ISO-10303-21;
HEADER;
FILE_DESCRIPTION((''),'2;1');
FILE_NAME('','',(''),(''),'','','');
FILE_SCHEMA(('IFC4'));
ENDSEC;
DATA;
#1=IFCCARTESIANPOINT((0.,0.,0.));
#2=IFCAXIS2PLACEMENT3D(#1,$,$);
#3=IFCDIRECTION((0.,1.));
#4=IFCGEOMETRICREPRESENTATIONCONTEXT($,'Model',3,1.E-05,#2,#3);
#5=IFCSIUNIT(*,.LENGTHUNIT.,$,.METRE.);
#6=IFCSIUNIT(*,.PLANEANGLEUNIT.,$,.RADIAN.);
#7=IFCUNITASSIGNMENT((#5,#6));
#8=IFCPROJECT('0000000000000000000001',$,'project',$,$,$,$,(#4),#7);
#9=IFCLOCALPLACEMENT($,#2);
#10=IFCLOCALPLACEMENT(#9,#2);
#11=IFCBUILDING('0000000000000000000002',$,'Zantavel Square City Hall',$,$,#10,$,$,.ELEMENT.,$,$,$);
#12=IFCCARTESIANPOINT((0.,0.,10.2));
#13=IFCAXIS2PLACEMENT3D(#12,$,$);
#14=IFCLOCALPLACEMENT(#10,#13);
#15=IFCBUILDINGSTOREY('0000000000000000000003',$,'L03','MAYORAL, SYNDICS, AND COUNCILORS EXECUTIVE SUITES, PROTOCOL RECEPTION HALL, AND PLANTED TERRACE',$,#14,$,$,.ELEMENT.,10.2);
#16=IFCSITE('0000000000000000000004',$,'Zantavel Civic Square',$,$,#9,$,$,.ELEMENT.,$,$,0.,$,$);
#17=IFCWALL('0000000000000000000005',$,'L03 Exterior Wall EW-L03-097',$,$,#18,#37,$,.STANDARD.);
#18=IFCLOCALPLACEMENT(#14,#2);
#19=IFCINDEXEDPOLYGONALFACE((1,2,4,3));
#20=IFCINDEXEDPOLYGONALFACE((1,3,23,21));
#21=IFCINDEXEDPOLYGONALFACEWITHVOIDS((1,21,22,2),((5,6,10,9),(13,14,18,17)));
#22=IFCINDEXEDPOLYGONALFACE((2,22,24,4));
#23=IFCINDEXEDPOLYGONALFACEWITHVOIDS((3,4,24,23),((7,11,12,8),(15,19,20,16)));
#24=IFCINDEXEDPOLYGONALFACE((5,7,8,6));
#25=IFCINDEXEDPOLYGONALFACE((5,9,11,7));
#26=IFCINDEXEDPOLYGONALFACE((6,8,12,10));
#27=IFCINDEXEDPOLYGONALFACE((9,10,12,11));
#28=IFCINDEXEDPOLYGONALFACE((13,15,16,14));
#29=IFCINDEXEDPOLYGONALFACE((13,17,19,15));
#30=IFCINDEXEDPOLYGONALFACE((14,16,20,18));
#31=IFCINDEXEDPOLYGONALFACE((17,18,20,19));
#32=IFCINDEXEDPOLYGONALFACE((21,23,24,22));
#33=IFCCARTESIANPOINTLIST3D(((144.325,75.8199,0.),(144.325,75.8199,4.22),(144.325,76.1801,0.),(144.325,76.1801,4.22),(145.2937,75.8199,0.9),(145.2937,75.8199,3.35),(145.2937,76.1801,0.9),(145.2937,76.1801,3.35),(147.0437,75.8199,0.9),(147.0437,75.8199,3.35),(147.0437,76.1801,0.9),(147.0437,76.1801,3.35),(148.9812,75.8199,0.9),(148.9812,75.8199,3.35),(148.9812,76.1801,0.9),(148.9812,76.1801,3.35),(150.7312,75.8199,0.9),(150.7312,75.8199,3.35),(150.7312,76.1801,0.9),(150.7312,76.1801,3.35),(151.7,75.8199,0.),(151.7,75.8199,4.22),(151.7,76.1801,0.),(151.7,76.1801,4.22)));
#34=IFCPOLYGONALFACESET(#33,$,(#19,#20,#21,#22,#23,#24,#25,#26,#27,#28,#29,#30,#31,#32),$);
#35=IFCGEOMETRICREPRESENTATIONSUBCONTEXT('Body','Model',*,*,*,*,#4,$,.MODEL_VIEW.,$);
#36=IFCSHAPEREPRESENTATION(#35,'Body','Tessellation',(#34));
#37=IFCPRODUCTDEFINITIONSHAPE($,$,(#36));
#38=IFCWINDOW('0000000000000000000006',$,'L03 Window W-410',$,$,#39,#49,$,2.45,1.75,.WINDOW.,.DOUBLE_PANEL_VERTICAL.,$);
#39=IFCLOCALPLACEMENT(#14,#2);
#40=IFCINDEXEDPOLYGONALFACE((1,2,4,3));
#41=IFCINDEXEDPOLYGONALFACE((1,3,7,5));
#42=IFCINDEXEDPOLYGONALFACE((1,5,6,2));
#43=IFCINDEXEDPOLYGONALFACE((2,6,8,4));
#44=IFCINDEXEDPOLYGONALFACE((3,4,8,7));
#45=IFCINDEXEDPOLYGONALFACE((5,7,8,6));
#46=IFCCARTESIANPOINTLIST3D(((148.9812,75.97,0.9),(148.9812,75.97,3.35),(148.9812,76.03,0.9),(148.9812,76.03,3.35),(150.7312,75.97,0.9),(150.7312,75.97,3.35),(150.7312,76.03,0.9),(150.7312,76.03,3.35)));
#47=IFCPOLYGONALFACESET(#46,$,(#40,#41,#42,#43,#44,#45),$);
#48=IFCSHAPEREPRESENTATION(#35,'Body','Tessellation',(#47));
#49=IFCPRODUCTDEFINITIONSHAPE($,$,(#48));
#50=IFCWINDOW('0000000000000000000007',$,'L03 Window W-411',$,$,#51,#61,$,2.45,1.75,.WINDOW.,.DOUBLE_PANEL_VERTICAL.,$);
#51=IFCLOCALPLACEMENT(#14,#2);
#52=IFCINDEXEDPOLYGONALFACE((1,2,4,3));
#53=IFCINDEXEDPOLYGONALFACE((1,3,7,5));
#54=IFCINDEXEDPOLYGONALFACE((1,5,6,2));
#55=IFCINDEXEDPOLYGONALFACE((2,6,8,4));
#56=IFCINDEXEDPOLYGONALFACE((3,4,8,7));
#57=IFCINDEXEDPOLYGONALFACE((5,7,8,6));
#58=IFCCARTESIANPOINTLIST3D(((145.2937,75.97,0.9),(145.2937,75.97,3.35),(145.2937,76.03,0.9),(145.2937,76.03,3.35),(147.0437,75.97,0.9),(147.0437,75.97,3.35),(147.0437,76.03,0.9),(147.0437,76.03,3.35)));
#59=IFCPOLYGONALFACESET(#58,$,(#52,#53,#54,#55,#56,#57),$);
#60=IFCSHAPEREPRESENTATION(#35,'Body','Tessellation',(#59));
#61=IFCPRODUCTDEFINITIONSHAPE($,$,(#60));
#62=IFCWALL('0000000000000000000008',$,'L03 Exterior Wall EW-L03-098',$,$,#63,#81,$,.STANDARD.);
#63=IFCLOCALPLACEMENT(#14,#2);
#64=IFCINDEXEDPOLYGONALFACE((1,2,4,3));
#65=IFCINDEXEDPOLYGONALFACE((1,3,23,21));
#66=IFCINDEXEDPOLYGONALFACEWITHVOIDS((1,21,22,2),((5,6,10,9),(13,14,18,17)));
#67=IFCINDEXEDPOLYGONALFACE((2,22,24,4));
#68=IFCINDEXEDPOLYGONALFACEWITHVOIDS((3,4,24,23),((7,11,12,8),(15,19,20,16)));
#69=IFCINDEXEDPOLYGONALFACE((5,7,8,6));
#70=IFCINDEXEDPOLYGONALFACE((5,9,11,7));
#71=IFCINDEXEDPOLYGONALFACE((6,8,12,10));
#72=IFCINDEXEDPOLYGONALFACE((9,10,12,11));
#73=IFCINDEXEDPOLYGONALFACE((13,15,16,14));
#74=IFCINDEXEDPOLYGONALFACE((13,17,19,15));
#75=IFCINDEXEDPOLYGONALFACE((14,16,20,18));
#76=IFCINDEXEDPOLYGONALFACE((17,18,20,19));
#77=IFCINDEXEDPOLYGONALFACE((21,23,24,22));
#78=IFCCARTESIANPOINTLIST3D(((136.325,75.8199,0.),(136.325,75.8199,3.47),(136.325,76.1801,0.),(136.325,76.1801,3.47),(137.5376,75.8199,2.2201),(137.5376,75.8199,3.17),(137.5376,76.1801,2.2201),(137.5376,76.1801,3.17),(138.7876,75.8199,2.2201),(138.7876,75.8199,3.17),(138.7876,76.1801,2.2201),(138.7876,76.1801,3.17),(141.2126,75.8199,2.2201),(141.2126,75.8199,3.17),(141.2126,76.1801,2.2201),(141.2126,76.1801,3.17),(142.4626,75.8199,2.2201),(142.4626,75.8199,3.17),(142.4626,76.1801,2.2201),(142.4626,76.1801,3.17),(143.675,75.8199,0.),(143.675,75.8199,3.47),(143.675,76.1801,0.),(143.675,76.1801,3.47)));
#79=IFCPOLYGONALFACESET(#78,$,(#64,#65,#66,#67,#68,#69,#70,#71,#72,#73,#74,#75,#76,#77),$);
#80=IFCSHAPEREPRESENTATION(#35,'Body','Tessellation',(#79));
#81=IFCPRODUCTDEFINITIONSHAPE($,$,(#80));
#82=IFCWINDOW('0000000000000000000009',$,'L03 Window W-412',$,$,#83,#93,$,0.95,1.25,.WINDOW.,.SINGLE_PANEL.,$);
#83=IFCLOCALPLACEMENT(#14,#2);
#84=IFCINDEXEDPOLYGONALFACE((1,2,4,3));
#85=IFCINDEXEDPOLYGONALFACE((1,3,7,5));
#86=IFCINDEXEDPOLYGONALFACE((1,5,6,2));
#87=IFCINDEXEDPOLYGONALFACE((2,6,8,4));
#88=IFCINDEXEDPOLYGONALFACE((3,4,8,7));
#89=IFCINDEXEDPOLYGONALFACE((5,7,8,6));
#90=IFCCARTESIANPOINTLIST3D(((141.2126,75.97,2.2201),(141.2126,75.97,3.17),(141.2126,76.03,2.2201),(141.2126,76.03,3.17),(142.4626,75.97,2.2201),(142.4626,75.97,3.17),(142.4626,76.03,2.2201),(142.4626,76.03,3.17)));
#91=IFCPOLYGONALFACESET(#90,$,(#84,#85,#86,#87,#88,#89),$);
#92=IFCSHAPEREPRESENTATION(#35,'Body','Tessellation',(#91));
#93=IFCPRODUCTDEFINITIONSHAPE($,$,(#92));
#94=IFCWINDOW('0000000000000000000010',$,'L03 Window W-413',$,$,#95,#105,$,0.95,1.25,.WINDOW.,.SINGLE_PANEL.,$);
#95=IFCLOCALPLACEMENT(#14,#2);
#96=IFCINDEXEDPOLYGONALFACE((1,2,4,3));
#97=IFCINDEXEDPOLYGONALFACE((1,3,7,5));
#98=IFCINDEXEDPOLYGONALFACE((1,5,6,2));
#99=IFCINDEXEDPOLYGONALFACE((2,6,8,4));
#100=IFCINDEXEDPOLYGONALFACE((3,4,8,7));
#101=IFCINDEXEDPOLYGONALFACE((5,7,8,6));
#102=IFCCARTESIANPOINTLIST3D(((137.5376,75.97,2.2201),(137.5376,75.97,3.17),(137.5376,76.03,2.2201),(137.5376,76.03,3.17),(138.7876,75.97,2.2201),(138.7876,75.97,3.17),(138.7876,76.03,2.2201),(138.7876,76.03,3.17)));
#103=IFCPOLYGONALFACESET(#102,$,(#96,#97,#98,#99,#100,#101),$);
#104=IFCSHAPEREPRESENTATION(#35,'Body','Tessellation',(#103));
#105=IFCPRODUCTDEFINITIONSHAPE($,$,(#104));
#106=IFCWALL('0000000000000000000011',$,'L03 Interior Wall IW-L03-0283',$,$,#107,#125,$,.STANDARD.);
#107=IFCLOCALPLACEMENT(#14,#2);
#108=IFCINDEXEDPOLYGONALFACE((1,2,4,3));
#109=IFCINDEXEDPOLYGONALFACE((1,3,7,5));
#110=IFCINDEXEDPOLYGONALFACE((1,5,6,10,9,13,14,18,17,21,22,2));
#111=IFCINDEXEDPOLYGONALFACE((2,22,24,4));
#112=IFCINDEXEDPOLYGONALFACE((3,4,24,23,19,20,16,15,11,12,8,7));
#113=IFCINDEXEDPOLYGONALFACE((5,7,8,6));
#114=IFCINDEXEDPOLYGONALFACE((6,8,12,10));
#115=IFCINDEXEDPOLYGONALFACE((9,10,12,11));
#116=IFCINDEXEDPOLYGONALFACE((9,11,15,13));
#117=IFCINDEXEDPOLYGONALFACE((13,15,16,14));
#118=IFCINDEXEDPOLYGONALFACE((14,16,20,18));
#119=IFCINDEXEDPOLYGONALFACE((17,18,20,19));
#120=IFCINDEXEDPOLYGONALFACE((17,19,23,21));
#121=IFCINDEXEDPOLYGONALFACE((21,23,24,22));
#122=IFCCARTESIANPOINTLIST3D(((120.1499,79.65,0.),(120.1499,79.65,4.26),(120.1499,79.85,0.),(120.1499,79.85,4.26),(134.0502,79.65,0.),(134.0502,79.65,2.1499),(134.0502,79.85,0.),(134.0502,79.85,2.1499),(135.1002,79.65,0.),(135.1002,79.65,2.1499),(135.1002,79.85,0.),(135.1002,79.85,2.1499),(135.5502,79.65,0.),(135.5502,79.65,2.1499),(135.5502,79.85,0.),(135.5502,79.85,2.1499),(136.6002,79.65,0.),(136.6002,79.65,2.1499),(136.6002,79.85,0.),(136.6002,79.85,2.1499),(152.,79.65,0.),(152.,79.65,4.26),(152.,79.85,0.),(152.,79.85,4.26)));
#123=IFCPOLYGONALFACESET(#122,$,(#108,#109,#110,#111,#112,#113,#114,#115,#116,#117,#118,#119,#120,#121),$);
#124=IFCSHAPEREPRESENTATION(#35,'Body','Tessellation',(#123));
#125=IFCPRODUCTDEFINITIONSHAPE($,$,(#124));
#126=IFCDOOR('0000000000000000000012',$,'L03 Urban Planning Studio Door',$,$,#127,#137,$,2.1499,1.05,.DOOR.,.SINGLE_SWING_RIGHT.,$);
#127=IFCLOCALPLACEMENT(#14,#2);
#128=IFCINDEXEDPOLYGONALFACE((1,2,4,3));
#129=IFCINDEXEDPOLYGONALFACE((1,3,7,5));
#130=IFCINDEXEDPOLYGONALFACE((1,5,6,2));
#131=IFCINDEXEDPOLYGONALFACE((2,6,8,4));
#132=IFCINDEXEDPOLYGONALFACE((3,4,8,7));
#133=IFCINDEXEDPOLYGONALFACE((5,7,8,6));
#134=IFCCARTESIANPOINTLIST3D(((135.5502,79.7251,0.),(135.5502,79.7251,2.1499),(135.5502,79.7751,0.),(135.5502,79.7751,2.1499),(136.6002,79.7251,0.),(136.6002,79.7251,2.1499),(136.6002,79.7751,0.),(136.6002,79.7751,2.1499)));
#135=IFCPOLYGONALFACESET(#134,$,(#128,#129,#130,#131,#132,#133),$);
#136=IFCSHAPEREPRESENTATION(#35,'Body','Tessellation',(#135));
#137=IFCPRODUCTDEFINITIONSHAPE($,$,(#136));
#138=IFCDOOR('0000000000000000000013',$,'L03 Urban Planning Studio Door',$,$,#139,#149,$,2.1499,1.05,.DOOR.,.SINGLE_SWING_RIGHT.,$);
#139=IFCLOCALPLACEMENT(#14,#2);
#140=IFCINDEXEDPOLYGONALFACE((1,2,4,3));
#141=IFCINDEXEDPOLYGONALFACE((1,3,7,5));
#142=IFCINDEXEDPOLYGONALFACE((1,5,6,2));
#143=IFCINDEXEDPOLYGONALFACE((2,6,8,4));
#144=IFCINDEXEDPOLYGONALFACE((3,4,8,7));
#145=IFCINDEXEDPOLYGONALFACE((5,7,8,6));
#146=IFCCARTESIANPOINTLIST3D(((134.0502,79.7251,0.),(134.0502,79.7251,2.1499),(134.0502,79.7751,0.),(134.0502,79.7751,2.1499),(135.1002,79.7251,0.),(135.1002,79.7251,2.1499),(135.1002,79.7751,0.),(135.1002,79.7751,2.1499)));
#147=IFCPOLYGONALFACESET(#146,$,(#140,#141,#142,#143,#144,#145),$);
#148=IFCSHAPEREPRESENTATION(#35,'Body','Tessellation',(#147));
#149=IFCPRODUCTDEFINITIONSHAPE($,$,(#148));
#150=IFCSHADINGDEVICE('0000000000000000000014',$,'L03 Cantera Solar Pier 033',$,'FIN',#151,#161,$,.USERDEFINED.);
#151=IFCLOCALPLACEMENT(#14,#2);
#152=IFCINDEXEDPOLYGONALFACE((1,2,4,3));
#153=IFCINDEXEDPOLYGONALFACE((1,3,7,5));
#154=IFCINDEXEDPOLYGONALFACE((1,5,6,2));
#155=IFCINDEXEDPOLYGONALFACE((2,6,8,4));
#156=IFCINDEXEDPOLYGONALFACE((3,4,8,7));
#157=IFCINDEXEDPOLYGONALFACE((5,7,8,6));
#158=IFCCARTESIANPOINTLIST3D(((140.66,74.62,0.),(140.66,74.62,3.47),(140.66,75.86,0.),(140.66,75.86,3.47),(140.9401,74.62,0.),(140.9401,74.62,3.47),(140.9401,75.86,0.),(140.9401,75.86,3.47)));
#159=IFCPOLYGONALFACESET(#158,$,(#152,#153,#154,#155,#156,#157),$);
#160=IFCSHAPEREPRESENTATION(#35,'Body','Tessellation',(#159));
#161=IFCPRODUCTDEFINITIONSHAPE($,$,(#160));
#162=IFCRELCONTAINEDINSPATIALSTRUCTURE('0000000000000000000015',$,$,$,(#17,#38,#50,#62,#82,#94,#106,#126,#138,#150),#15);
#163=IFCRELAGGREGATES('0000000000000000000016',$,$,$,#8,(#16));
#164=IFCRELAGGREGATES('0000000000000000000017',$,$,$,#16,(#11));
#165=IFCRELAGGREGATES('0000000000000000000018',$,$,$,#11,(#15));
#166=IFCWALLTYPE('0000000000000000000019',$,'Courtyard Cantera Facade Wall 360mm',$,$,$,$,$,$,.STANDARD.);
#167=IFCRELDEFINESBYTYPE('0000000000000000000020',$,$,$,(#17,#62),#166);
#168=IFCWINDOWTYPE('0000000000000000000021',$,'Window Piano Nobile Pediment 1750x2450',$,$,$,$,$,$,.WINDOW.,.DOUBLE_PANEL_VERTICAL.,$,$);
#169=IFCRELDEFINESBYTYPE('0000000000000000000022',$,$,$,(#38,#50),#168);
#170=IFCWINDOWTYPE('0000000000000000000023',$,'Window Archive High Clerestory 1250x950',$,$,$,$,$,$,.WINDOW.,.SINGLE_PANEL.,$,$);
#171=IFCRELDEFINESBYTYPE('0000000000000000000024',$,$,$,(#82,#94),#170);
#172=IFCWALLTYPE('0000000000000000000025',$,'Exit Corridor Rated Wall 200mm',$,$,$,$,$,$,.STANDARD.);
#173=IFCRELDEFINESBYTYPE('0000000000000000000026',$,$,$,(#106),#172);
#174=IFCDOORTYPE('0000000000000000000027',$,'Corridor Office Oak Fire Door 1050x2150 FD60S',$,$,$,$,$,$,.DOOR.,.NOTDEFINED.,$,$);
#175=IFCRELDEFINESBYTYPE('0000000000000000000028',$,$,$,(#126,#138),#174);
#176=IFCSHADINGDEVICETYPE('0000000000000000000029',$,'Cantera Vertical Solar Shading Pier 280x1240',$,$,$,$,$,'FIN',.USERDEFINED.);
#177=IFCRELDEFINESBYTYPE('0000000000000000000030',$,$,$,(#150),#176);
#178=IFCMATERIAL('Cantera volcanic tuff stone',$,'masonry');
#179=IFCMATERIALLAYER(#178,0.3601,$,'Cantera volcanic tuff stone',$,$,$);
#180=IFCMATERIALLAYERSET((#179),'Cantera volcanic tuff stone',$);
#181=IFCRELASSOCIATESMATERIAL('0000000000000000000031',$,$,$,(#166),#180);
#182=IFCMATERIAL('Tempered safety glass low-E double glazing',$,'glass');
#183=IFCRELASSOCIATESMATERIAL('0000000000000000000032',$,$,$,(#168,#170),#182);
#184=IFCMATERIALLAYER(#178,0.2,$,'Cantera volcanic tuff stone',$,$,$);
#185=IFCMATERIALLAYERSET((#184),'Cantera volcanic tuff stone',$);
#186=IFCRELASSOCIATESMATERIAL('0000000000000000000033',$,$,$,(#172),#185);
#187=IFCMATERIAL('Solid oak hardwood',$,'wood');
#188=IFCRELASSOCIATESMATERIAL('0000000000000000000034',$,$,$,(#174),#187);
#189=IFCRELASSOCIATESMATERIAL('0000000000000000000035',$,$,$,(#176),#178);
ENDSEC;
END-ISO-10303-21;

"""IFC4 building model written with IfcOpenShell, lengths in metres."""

from ifc_helpers import new_model, si_unit, direction, frame, frame_2d, origin, origin_2d, place, context, subcontext, project, spatial, rectangle, extrude, material, layer, layer_set, type_object, element, fill, save


model = new_model("IFC4")

# Units and contexts
model_context = context("Model", 3, precision=1e-05, world=origin(), true_north=direction((0.0, 1.0)))
body_context = subcontext(model_context, "Body", "Model", "MODEL_VIEW")
ifc_project = project(units=[si_unit("LENGTHUNIT", "METRE"), si_unit("PLANEANGLEUNIT", "RADIAN")], contexts=[model_context])

# Site, building, storey
site_placement = place(None, origin())
site = spatial("IfcSite", under=ifc_project, at=site_placement, Name="Zantavel Civic Square", CompositionType="ELEMENT", RefElevation=0.0)
building_placement = place(site_placement, origin())
building = spatial("IfcBuilding", under=site, at=building_placement, Name="Zantavel Square City Hall", CompositionType="ELEMENT")
storey_placement = place(building_placement, frame((0.0, 0.0, 10.2)))
storey = spatial("IfcBuildingStorey", under=building, at=storey_placement, Name="L03", Description="MAYORAL, SYNDICS, AND COUNCILORS EXECUTIVE SUITES, PROTOCOL RECEPTION HALL, AND PLANTED TERRACE", CompositionType="ELEMENT", Elevation=10.2)

# Walls, openings, windows
ifc_material_1 = material(Name="Cantera volcanic tuff stone", Category="masonry")
ifc_layer_1 = layer(ifc_material_1, 0.3601, Name="Cantera volcanic tuff stone")
ifc_layer_set_1 = layer_set([ifc_layer_1], Name="Cantera volcanic tuff stone")
wall_type_1 = type_object("IfcWallType", Name="Courtyard Cantera Facade Wall 360mm", PredefinedType="STANDARD", material=ifc_layer_set_1)
ifc_material_2 = material(Name="Tempered safety glass low-E double glazing", Category="glass")
wall_1_placement = place(storey_placement, frame((151.7, 76.0, 0.0), z_axis=(0.0, 0.0, 1.0), x_axis=(-1.0, 0.0, 0.0)))
wall_1 = element("IfcWall", 1, at=wall_1_placement, inside=storey, type_object=wall_type_1, Name="L03 Exterior Wall EW-L03-097", PredefinedType="STANDARD", context=body_context, shape_type="SweptSolid", body=[
    extrude(rectangle(XDim=7.375, YDim=0.3601, at=frame_2d((3.6875, 0.0))), origin(), (0.0, 0.0, 1.0), 4.22),
])
opening_1_placement = place(wall_1_placement, frame((0.9688, 0.0, 0.8999)))
opening_1 = element("IfcOpeningElement", 2, at=opening_1_placement, cuts=wall_1, PredefinedType="OPENING", context=body_context, shape_type="SweptSolid", body=[
    extrude(rectangle(XDim=1.75, YDim=2.45, at=frame_2d((0.875, 1.2251))), frame((0.0, 0.1899, 0.0), z_axis=(0.0, -1.0, 0.0), x_axis=(1.0, 0.0, 0.0)), (0.0, 0.0, 1.0), 0.3801),
])
opening_2_placement = place(wall_1_placement, frame((4.6562, 0.0, 0.8999)))
opening_2 = element("IfcOpeningElement", 3, at=opening_2_placement, cuts=wall_1, PredefinedType="OPENING", context=body_context, shape_type="SweptSolid", body=[
    extrude(rectangle(XDim=1.75, YDim=2.45, at=frame_2d((0.875, 1.2251))), frame((0.0, 0.1899, 0.0), z_axis=(0.0, -1.0, 0.0), x_axis=(1.0, 0.0, 0.0)), (0.0, 0.0, 1.0), 0.3801),
])
window_type_1 = type_object("IfcWindowType", Name="Window Piano Nobile Pediment 1750x2450", PartitioningType="DOUBLE_PANEL_VERTICAL", PredefinedType="WINDOW", material=ifc_material_2)
window_1_placement = place(opening_1_placement, origin())
window_1 = element("IfcWindow", 4, at=window_1_placement, inside=storey, type_object=window_type_1, Name="L03 Window W-410", OverallHeight=2.45, OverallWidth=1.75, PartitioningType="DOUBLE_PANEL_VERTICAL", PredefinedType="WINDOW", context=body_context, shape_type="SweptSolid", body=[
    extrude(rectangle(XDim=1.75, YDim=2.45, at=frame_2d((0.875, 1.2251))), frame((0.0, 0.03, 0.0), z_axis=(0.0, -1.0, 0.0), x_axis=(1.0, 0.0, 0.0)), (0.0, 0.0, 1.0), 0.0601),
])
fill(opening_1, window_1)
window_2_placement = place(opening_2_placement, origin())
window_2 = element("IfcWindow", 5, at=window_2_placement, inside=storey, type_object=window_type_1, Name="L03 Window W-411", OverallHeight=2.45, OverallWidth=1.75, PartitioningType="DOUBLE_PANEL_VERTICAL", PredefinedType="WINDOW", context=body_context, shape_type="SweptSolid", body=[
    extrude(rectangle(XDim=1.75, YDim=2.45, at=frame_2d((0.875, 1.2251))), frame((0.0, 0.03, 0.0), z_axis=(0.0, -1.0, 0.0), x_axis=(1.0, 0.0, 0.0)), (0.0, 0.0, 1.0), 0.0601),
])
fill(opening_2, window_2)
wall_2_placement = place(storey_placement, frame((143.675, 76.0, 0.0), z_axis=(0.0, 0.0, 1.0), x_axis=(-1.0, 0.0, 0.0)))
wall_2 = element("IfcWall", 6, at=wall_2_placement, inside=storey, type_object=wall_type_1, Name="L03 Exterior Wall EW-L03-098", PredefinedType="STANDARD", context=body_context, shape_type="SweptSolid", body=[
    extrude(rectangle(XDim=7.3501, YDim=0.3601, at=frame_2d((3.675, 0.0))), origin(), (0.0, 0.0, 1.0), 3.47),
])
opening_3_placement = place(wall_2_placement, frame((1.2124, 0.0, 2.22)))
opening_3 = element("IfcOpeningElement", 7, at=opening_3_placement, cuts=wall_2, PredefinedType="OPENING", context=body_context, shape_type="SweptSolid", body=[
    extrude(rectangle(XDim=1.25, YDim=0.95, at=frame_2d((0.625, 0.4751))), frame((0.0, 0.1899, 0.0), z_axis=(0.0, -1.0, 0.0), x_axis=(1.0, 0.0, 0.0)), (0.0, 0.0, 1.0), 0.3801),
])
opening_4_placement = place(wall_2_placement, frame((4.8875, 0.0, 2.22)))
opening_4 = element("IfcOpeningElement", 8, at=opening_4_placement, cuts=wall_2, PredefinedType="OPENING", context=body_context, shape_type="SweptSolid", body=[
    extrude(rectangle(XDim=1.25, YDim=0.95, at=frame_2d((0.625, 0.4751))), frame((0.0, 0.1899, 0.0), z_axis=(0.0, -1.0, 0.0), x_axis=(1.0, 0.0, 0.0)), (0.0, 0.0, 1.0), 0.3801),
])
window_type_2 = type_object("IfcWindowType", Name="Window Archive High Clerestory 1250x950", PartitioningType="SINGLE_PANEL", PredefinedType="WINDOW", material=ifc_material_2)
window_3_placement = place(opening_3_placement, origin())
window_3 = element("IfcWindow", 9, at=window_3_placement, inside=storey, type_object=window_type_2, Name="L03 Window W-412", OverallHeight=0.95, OverallWidth=1.25, PartitioningType="SINGLE_PANEL", PredefinedType="WINDOW", context=body_context, shape_type="SweptSolid", body=[
    extrude(rectangle(XDim=1.25, YDim=0.95, at=frame_2d((0.625, 0.4751))), frame((0.0, 0.03, 0.0), z_axis=(0.0, -1.0, 0.0), x_axis=(1.0, 0.0, 0.0)), (0.0, 0.0, 1.0), 0.0601),
])
fill(opening_3, window_3)
window_4_placement = place(opening_4_placement, origin())
window_4 = element("IfcWindow", 10, at=window_4_placement, inside=storey, type_object=window_type_2, Name="L03 Window W-413", OverallHeight=0.95, OverallWidth=1.25, PartitioningType="SINGLE_PANEL", PredefinedType="WINDOW", context=body_context, shape_type="SweptSolid", body=[
    extrude(rectangle(XDim=1.25, YDim=0.95, at=frame_2d((0.625, 0.4751))), frame((0.0, 0.03, 0.0), z_axis=(0.0, -1.0, 0.0), x_axis=(1.0, 0.0, 0.0)), (0.0, 0.0, 1.0), 0.0601),
])
fill(opening_4, window_4)

# Wall, openings, doors
ifc_layer_2 = layer(ifc_material_1, 0.2, Name="Cantera volcanic tuff stone")
ifc_layer_set_2 = layer_set([ifc_layer_2], Name="Cantera volcanic tuff stone")
wall_type_2 = type_object("IfcWallType", Name="Exit Corridor Rated Wall 200mm", PredefinedType="STANDARD", material=ifc_layer_set_2)
wall_3_placement = place(storey_placement, frame((152.0, 79.75, 0.0), z_axis=(0.0, 0.0, 1.0), x_axis=(-1.0, 0.0, 0.0)))
wall_3 = element("IfcWall", 11, at=wall_3_placement, inside=storey, type_object=wall_type_2, Name="L03 Interior Wall IW-L03-0283", PredefinedType="STANDARD", context=body_context, shape_type="SweptSolid", body=[
    extrude(rectangle(XDim=31.8501, YDim=0.2, at=frame_2d((15.925, 0.0))), origin(), (0.0, 0.0, 1.0), 4.26),
])
opening_5_placement = place(wall_3_placement, frame((15.3999, 0.0, 0.0)))
opening_5 = element("IfcOpeningElement", 12, at=opening_5_placement, cuts=wall_3, PredefinedType="OPENING", context=body_context, shape_type="SweptSolid", body=[
    extrude(rectangle(XDim=1.05, YDim=2.1499, at=frame_2d((0.5249, 1.075))), frame((0.0, 0.1099, 0.0), z_axis=(0.0, -1.0, 0.0), x_axis=(1.0, 0.0, 0.0)), (0.0, 0.0, 1.0), 0.22),
])
opening_6_placement = place(wall_3_placement, frame((16.8999, 0.0, 0.0)))
opening_6 = element("IfcOpeningElement", 13, at=opening_6_placement, cuts=wall_3, PredefinedType="OPENING", context=body_context, shape_type="SweptSolid", body=[
    extrude(rectangle(XDim=1.05, YDim=2.1499, at=frame_2d((0.5249, 1.075))), frame((0.0, 0.1099, 0.0), z_axis=(0.0, -1.0, 0.0), x_axis=(1.0, 0.0, 0.0)), (0.0, 0.0, 1.0), 0.22),
])
ifc_material_3 = material(Name="Solid oak hardwood", Category="wood")
door_type = type_object("IfcDoorType", Name="Corridor Office Oak Fire Door 1050x2150 FD60S", OperationType="NOTDEFINED", PredefinedType="DOOR", material=ifc_material_3)
door_1_placement = place(opening_5_placement, origin())
door_1 = element("IfcDoor", 14, at=door_1_placement, inside=storey, type_object=door_type, Name="L03 Urban Planning Studio Door", OperationType="SINGLE_SWING_RIGHT", OverallHeight=2.1499, OverallWidth=1.05, PredefinedType="DOOR", context=body_context, shape_type="SweptSolid", body=[
    extrude(rectangle(XDim=1.05, YDim=2.1499, at=frame_2d((0.5249, 1.075))), frame((0.0, 0.0249, 0.0), z_axis=(0.0, -1.0, 0.0), x_axis=(1.0, 0.0, 0.0)), (0.0, 0.0, 1.0), 0.05),
])
fill(opening_5, door_1)
door_2_placement = place(opening_6_placement, origin())
door_2 = element("IfcDoor", 15, at=door_2_placement, inside=storey, type_object=door_type, Name="L03 Urban Planning Studio Door", OperationType="SINGLE_SWING_RIGHT", OverallHeight=2.1499, OverallWidth=1.05, PredefinedType="DOOR", context=body_context, shape_type="SweptSolid", body=[
    extrude(rectangle(XDim=1.05, YDim=2.1499, at=frame_2d((0.5249, 1.075))), frame((0.0, 0.0249, 0.0), z_axis=(0.0, -1.0, 0.0), x_axis=(1.0, 0.0, 0.0)), (0.0, 0.0, 1.0), 0.05),
])
fill(opening_6, door_2)

# Shading device
shading_device_type = type_object("IfcShadingDeviceType", Name="Cantera Vertical Solar Shading Pier 280x1240", ElementType="FIN", PredefinedType="USERDEFINED", material=ifc_material_1)
shading_device_placement = place(storey_placement, frame((140.8, 75.24, 0.0), z_axis=(0.0, 0.0, 1.0), x_axis=(1.0, 0.0, 0.0)))
element("IfcShadingDevice", 16, at=shading_device_placement, inside=storey, type_object=shading_device_type, Name="L03 Cantera Solar Pier 033", ObjectType="FIN", PredefinedType="USERDEFINED", context=body_context, shape_type="SweptSolid", body=[
    extrude(rectangle(XDim=0.28, YDim=1.24, at=origin_2d()), origin(), (0.0, 0.0, 1.0), 3.47),
])

save(model, "model.ifc")
